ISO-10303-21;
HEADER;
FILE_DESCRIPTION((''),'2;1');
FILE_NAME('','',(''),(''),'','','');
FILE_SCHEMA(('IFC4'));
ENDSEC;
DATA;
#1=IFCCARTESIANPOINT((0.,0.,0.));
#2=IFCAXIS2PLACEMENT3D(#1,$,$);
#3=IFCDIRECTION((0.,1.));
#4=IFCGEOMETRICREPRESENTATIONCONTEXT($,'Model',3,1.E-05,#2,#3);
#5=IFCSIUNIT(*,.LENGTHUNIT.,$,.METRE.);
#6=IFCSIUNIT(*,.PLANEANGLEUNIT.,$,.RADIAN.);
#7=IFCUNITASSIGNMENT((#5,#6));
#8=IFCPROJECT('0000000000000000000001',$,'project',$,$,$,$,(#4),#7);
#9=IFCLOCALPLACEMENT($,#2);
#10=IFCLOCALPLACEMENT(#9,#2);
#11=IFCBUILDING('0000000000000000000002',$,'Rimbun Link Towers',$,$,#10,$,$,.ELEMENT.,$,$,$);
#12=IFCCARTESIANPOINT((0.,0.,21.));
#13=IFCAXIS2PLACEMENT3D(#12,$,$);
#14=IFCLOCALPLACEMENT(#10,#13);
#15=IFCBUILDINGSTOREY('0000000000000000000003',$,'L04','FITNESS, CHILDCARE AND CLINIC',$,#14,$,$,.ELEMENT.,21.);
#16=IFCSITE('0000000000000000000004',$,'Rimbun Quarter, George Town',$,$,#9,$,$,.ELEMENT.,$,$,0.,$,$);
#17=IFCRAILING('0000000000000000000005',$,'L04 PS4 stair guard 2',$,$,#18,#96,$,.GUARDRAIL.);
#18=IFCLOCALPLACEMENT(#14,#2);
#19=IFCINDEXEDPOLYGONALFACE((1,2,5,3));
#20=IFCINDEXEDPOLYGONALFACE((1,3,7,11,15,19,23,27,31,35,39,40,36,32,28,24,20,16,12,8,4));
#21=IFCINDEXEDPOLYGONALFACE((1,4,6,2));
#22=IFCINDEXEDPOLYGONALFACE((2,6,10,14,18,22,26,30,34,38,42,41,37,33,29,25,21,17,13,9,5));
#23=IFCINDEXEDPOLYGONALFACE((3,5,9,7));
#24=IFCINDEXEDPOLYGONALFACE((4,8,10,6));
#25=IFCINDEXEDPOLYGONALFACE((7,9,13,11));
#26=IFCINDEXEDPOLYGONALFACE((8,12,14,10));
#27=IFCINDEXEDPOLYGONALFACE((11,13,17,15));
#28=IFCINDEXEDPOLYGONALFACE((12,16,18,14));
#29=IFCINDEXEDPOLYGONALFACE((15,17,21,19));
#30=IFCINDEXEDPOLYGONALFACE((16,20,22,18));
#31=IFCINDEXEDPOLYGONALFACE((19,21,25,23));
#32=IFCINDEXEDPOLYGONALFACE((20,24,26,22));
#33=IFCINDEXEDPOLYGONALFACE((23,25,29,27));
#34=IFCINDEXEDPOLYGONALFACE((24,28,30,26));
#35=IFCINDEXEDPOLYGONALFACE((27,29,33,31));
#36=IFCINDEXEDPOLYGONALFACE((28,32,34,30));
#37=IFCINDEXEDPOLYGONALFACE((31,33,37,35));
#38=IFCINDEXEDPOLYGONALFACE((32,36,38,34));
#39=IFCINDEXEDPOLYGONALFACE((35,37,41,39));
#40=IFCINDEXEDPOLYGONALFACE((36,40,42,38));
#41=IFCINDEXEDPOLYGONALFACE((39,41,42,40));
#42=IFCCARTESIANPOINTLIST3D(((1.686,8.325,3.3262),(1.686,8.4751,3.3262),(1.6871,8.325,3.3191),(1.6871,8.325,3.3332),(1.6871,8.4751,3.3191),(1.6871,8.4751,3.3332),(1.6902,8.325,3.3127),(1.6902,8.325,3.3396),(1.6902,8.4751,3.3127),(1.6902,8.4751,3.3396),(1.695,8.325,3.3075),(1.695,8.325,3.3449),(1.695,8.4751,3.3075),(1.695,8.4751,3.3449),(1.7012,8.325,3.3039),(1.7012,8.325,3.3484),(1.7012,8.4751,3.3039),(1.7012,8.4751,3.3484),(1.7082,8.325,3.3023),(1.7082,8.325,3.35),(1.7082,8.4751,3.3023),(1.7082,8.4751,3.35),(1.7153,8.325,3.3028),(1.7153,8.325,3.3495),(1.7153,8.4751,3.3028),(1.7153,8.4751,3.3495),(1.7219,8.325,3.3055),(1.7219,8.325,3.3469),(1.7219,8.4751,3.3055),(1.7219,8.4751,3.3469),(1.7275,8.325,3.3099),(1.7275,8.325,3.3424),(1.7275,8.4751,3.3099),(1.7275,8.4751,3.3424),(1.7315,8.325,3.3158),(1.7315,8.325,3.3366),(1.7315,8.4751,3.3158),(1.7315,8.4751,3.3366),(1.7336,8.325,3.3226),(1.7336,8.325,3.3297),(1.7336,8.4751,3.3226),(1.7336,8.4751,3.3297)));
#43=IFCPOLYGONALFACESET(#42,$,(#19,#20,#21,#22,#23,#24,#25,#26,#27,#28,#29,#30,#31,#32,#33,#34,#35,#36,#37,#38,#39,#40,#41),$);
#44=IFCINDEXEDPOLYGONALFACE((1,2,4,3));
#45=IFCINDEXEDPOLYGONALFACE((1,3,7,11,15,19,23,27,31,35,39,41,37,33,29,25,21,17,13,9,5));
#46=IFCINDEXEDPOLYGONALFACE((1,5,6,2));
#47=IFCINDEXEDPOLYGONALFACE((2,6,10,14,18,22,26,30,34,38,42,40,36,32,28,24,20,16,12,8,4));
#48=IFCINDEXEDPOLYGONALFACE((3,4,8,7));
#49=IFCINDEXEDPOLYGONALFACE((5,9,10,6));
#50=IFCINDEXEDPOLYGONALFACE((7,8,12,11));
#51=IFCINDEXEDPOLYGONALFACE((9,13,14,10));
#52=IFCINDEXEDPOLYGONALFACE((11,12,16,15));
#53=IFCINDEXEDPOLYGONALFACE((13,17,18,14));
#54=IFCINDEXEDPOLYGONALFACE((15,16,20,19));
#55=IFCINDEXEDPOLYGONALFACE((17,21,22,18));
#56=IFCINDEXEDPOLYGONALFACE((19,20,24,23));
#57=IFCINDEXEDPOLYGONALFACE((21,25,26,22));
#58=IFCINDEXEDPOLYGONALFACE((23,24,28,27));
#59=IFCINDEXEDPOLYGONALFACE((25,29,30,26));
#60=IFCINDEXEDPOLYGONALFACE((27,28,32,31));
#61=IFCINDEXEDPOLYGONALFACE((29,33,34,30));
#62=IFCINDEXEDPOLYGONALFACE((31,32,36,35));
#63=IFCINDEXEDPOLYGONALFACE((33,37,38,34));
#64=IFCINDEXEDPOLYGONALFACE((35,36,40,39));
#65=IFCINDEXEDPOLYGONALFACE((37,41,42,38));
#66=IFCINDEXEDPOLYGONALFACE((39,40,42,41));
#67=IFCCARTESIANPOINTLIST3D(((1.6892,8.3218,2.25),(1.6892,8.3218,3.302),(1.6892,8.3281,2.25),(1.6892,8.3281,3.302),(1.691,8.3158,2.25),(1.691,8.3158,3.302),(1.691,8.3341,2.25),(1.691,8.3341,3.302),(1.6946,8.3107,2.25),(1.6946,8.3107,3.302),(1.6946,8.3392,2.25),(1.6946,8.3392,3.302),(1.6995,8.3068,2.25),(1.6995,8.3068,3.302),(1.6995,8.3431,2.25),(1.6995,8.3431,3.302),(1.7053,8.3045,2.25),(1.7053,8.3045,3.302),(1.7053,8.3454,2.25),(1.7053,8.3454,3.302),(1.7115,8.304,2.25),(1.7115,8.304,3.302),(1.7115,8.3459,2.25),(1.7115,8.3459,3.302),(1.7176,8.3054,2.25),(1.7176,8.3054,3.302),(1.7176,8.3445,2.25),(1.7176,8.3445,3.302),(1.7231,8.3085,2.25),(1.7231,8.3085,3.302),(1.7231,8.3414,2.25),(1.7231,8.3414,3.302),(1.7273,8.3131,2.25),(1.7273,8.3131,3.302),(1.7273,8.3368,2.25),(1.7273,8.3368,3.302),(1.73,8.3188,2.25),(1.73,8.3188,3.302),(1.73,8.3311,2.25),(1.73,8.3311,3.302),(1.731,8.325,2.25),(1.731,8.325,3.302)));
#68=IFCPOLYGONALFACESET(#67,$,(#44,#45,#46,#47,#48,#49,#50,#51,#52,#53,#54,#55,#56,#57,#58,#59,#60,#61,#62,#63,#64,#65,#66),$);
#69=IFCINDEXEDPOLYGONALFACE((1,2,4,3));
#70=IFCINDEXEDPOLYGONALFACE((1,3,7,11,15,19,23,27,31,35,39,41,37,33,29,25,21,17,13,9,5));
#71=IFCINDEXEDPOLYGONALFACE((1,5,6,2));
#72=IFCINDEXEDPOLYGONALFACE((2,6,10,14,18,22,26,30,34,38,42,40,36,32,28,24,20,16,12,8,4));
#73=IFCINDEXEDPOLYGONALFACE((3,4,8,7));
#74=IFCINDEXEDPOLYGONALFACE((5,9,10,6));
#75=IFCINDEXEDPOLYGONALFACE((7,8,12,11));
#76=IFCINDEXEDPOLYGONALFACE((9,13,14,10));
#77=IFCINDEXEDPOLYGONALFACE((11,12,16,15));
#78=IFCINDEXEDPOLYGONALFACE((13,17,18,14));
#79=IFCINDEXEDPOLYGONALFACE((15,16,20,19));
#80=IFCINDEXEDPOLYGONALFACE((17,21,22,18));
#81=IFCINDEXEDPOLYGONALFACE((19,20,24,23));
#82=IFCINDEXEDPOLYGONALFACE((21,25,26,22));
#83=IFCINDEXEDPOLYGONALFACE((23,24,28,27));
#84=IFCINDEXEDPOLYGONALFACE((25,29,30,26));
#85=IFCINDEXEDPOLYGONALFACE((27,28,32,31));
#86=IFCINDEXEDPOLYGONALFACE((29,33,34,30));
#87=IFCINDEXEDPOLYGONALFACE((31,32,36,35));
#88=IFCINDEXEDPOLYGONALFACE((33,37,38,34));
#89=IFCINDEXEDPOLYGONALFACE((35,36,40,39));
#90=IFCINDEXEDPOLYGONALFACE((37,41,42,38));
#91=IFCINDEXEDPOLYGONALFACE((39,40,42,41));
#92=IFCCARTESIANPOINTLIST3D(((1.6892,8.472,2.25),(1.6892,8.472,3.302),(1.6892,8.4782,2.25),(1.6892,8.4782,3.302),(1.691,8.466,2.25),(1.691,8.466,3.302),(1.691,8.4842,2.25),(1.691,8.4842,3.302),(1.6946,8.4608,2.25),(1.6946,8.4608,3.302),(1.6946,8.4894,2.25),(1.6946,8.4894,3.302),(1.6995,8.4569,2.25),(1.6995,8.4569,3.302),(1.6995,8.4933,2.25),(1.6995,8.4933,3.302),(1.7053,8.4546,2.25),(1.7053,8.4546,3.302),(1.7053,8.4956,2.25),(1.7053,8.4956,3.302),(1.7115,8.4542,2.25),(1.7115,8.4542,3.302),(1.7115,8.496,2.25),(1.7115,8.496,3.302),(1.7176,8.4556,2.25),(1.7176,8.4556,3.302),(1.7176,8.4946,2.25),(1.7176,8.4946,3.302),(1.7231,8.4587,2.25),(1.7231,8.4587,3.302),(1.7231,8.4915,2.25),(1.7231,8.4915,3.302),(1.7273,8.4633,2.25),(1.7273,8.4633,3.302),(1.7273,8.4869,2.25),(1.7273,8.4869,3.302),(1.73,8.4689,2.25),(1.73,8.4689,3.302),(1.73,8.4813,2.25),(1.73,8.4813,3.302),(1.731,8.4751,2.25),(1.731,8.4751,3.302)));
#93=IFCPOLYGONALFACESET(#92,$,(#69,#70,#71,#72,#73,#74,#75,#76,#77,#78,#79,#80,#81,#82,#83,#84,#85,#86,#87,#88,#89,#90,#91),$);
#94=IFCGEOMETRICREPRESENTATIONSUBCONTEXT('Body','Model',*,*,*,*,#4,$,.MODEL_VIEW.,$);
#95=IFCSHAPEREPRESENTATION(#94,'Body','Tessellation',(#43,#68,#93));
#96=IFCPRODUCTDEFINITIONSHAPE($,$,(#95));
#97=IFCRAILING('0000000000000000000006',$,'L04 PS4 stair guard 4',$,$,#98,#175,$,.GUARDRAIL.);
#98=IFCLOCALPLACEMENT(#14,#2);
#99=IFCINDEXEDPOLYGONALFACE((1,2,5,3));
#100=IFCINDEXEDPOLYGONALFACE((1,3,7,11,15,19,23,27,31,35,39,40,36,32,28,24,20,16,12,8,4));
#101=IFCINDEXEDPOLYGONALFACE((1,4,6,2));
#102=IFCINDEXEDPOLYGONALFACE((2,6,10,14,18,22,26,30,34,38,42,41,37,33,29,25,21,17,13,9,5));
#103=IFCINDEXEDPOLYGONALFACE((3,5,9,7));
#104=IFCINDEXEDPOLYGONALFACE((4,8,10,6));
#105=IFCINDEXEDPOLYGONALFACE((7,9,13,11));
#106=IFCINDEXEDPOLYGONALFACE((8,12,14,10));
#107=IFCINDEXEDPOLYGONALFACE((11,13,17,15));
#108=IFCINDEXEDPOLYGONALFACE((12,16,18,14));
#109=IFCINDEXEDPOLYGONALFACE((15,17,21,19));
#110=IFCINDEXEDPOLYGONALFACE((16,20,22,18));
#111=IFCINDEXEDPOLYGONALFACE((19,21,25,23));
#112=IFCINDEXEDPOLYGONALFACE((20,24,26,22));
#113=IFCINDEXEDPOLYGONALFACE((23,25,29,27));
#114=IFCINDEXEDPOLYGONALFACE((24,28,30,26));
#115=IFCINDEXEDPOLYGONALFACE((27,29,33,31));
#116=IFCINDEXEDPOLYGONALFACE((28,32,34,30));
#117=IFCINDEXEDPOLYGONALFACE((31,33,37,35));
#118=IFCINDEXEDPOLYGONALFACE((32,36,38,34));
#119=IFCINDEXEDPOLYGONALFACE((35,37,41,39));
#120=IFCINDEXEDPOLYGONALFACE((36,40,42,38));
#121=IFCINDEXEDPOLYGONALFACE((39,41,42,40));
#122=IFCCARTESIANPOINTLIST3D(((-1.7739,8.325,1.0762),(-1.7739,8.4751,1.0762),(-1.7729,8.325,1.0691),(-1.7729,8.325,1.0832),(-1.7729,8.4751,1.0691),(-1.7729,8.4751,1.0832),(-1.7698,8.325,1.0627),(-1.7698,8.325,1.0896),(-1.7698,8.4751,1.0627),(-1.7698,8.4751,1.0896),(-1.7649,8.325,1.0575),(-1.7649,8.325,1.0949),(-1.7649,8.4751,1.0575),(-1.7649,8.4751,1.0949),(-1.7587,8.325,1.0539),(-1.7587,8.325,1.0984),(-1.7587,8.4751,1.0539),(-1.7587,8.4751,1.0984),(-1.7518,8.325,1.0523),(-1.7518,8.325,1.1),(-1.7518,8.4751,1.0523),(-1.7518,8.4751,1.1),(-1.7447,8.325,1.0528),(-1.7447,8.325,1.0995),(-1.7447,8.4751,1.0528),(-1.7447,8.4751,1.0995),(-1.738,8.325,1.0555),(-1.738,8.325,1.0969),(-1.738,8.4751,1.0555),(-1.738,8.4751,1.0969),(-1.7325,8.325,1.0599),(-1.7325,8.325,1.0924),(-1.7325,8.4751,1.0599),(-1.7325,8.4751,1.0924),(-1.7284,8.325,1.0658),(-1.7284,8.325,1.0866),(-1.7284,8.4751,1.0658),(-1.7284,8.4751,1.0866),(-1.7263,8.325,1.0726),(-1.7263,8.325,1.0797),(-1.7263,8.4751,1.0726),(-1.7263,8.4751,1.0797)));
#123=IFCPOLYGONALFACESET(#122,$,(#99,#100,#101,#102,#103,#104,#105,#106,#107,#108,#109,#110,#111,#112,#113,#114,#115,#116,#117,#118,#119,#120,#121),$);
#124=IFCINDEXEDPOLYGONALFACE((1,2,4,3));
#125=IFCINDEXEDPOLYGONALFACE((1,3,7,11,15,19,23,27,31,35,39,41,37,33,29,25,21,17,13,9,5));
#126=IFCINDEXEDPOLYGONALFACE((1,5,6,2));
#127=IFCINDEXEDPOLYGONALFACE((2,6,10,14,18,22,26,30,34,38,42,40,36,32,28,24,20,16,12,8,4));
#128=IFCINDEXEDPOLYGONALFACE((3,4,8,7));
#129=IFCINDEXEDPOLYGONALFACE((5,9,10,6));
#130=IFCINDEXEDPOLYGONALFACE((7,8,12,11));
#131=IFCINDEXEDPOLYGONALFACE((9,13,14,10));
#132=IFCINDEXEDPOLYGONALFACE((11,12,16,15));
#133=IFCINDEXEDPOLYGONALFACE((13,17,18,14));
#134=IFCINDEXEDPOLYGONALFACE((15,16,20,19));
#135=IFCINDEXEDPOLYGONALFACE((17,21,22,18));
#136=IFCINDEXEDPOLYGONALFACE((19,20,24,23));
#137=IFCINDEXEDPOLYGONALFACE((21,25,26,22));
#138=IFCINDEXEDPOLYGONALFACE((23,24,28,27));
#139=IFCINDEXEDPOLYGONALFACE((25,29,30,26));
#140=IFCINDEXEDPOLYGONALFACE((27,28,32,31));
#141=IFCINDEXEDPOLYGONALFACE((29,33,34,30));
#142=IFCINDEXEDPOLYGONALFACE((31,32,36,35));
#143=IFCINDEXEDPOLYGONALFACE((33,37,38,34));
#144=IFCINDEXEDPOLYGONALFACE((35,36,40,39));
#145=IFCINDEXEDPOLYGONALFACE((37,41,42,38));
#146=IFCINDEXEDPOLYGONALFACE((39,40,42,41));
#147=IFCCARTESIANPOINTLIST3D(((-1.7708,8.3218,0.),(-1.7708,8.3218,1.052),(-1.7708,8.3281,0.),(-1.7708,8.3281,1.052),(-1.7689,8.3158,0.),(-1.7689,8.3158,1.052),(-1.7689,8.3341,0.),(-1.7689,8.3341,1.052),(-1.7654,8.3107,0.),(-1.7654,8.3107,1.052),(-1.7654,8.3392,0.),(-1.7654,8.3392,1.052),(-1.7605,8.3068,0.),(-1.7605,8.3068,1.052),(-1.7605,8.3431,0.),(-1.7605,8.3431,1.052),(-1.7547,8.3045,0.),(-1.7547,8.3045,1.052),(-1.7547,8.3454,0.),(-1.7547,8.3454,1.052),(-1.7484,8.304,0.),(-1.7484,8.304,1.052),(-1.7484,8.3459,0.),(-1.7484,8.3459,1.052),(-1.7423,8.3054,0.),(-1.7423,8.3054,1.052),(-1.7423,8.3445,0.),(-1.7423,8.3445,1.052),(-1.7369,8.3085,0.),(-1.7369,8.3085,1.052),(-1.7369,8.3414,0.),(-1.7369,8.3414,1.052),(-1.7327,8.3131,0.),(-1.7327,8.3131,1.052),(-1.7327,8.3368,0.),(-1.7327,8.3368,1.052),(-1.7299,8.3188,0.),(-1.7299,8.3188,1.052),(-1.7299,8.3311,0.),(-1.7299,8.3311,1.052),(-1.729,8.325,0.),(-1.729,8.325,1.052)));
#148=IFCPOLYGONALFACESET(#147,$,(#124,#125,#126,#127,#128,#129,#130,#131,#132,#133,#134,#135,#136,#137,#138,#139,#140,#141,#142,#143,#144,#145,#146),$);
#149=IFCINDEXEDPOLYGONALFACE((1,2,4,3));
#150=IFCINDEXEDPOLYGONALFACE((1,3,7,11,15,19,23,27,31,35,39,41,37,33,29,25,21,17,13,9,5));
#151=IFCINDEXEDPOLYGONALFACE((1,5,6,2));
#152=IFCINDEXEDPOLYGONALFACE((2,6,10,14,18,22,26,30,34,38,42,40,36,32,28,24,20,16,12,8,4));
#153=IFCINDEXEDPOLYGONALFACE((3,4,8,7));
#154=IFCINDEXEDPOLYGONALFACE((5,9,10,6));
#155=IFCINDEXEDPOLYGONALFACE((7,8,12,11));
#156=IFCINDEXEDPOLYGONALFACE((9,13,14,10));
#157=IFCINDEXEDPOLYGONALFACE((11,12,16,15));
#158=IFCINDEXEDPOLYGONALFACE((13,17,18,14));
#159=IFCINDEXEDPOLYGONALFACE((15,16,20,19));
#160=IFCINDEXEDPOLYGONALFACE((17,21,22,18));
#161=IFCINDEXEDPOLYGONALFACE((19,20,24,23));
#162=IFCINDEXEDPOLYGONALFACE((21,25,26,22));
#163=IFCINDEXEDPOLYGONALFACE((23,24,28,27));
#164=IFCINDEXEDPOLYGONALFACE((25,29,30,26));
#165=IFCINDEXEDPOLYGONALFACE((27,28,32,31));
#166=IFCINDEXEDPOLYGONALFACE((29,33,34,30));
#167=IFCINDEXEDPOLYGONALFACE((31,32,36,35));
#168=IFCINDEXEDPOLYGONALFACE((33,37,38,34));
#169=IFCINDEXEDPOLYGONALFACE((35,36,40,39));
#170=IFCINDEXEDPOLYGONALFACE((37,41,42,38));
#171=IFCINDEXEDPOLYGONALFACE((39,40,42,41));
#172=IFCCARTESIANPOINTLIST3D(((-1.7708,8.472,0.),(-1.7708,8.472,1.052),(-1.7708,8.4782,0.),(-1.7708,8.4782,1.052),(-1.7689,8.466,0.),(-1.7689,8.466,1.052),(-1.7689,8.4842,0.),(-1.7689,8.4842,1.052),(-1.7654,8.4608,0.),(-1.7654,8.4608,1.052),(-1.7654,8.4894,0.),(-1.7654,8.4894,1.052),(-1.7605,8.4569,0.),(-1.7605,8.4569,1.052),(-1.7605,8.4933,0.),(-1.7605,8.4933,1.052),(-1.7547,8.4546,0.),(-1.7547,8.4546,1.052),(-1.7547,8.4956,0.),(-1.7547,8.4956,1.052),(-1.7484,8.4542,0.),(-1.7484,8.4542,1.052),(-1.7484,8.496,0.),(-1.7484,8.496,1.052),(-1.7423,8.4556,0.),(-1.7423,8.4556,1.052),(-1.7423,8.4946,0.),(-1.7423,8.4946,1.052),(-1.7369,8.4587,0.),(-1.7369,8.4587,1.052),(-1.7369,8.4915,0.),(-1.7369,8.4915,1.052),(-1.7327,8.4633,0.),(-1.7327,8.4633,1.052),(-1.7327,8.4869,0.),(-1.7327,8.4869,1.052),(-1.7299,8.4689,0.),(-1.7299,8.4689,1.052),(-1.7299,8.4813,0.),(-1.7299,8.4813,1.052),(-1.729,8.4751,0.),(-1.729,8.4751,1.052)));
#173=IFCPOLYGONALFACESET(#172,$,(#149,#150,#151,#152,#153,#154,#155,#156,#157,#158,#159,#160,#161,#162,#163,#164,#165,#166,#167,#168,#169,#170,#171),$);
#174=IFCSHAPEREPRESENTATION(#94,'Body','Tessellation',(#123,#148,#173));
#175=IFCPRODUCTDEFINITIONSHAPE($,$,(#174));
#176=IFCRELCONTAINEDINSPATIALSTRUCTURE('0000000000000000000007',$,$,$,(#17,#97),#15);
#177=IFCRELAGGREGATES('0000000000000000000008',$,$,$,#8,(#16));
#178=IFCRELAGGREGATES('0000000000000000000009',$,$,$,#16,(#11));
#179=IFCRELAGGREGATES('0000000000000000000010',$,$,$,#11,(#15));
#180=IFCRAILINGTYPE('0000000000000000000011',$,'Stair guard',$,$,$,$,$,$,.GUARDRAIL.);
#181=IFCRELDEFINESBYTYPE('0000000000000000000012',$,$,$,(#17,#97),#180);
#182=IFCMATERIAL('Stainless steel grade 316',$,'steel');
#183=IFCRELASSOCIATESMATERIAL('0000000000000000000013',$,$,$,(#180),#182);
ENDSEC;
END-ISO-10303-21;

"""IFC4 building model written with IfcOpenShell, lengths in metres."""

from ifc_helpers import new_model, si_unit, direction, frame, origin, origin_2d, place, context, subcontext, project, spatial, circle, extrude, material, type_object, element, save


model = new_model("IFC4")

# Units and contexts
model_context = context("Model", 3, precision=1e-05, world=origin(), true_north=direction((0.0, 1.0)))
body_context = subcontext(model_context, "Body", "Model", "MODEL_VIEW")
ifc_project = project(units=[si_unit("LENGTHUNIT", "METRE"), si_unit("PLANEANGLEUNIT", "RADIAN")], contexts=[model_context])

# Site, building, storey
site_placement = place(None, origin())
site = spatial("IfcSite", under=ifc_project, at=site_placement, Name="Rimbun Quarter, George Town", CompositionType="ELEMENT", RefElevation=0.0)
building_placement = place(site_placement, origin())
building = spatial("IfcBuilding", under=site, at=building_placement, Name="Rimbun Link Towers", CompositionType="ELEMENT")
storey_placement = place(building_placement, frame((0.0, 0.0, 21.0)))
storey = spatial("IfcBuildingStorey", under=building, at=storey_placement, Name="L04", Description="FITNESS, CHILDCARE AND CLINIC", CompositionType="ELEMENT", Elevation=21.0)

# Railings
ifc_material_1 = material(Name="Stainless steel grade 316", Category="steel")
railing_type_1 = type_object("IfcRailingType", Name="Stair guard", PredefinedType="GUARDRAIL", material=ifc_material_1)
for number, where, name in (
    (1, (1.71, 8.325, 2.25), "L04 PS4 stair guard 2"),
    (2, (-1.75, 8.325, 0.0), "L04 PS4 stair guard 4"),
):
    element("IfcRailing", number, at=place(storey_placement, frame(where)), inside=storey, type_object=railing_type_1, Name=name, PredefinedType="GUARDRAIL", context=body_context, shape_type="SweptSolid", body=[
        extrude(circle(Radius=0.0239, at=origin_2d()), frame((0.0, 0.0, 1.0762), z_axis=(0.0, 1.0, 0.0), x_axis=(-1.0, 0.0, 0.0)), (0.0, 0.0, 1.0), 0.1501),
        extrude(circle(Radius=0.021, at=origin_2d()), origin(), (0.0, 0.0, 1.0), 1.052),
        extrude(circle(Radius=0.021, at=origin_2d()), frame((0.0, 0.1501, 0.0)), (0.0, 0.0, 1.0), 1.052),
    ])

save(model, "model.ifc")
